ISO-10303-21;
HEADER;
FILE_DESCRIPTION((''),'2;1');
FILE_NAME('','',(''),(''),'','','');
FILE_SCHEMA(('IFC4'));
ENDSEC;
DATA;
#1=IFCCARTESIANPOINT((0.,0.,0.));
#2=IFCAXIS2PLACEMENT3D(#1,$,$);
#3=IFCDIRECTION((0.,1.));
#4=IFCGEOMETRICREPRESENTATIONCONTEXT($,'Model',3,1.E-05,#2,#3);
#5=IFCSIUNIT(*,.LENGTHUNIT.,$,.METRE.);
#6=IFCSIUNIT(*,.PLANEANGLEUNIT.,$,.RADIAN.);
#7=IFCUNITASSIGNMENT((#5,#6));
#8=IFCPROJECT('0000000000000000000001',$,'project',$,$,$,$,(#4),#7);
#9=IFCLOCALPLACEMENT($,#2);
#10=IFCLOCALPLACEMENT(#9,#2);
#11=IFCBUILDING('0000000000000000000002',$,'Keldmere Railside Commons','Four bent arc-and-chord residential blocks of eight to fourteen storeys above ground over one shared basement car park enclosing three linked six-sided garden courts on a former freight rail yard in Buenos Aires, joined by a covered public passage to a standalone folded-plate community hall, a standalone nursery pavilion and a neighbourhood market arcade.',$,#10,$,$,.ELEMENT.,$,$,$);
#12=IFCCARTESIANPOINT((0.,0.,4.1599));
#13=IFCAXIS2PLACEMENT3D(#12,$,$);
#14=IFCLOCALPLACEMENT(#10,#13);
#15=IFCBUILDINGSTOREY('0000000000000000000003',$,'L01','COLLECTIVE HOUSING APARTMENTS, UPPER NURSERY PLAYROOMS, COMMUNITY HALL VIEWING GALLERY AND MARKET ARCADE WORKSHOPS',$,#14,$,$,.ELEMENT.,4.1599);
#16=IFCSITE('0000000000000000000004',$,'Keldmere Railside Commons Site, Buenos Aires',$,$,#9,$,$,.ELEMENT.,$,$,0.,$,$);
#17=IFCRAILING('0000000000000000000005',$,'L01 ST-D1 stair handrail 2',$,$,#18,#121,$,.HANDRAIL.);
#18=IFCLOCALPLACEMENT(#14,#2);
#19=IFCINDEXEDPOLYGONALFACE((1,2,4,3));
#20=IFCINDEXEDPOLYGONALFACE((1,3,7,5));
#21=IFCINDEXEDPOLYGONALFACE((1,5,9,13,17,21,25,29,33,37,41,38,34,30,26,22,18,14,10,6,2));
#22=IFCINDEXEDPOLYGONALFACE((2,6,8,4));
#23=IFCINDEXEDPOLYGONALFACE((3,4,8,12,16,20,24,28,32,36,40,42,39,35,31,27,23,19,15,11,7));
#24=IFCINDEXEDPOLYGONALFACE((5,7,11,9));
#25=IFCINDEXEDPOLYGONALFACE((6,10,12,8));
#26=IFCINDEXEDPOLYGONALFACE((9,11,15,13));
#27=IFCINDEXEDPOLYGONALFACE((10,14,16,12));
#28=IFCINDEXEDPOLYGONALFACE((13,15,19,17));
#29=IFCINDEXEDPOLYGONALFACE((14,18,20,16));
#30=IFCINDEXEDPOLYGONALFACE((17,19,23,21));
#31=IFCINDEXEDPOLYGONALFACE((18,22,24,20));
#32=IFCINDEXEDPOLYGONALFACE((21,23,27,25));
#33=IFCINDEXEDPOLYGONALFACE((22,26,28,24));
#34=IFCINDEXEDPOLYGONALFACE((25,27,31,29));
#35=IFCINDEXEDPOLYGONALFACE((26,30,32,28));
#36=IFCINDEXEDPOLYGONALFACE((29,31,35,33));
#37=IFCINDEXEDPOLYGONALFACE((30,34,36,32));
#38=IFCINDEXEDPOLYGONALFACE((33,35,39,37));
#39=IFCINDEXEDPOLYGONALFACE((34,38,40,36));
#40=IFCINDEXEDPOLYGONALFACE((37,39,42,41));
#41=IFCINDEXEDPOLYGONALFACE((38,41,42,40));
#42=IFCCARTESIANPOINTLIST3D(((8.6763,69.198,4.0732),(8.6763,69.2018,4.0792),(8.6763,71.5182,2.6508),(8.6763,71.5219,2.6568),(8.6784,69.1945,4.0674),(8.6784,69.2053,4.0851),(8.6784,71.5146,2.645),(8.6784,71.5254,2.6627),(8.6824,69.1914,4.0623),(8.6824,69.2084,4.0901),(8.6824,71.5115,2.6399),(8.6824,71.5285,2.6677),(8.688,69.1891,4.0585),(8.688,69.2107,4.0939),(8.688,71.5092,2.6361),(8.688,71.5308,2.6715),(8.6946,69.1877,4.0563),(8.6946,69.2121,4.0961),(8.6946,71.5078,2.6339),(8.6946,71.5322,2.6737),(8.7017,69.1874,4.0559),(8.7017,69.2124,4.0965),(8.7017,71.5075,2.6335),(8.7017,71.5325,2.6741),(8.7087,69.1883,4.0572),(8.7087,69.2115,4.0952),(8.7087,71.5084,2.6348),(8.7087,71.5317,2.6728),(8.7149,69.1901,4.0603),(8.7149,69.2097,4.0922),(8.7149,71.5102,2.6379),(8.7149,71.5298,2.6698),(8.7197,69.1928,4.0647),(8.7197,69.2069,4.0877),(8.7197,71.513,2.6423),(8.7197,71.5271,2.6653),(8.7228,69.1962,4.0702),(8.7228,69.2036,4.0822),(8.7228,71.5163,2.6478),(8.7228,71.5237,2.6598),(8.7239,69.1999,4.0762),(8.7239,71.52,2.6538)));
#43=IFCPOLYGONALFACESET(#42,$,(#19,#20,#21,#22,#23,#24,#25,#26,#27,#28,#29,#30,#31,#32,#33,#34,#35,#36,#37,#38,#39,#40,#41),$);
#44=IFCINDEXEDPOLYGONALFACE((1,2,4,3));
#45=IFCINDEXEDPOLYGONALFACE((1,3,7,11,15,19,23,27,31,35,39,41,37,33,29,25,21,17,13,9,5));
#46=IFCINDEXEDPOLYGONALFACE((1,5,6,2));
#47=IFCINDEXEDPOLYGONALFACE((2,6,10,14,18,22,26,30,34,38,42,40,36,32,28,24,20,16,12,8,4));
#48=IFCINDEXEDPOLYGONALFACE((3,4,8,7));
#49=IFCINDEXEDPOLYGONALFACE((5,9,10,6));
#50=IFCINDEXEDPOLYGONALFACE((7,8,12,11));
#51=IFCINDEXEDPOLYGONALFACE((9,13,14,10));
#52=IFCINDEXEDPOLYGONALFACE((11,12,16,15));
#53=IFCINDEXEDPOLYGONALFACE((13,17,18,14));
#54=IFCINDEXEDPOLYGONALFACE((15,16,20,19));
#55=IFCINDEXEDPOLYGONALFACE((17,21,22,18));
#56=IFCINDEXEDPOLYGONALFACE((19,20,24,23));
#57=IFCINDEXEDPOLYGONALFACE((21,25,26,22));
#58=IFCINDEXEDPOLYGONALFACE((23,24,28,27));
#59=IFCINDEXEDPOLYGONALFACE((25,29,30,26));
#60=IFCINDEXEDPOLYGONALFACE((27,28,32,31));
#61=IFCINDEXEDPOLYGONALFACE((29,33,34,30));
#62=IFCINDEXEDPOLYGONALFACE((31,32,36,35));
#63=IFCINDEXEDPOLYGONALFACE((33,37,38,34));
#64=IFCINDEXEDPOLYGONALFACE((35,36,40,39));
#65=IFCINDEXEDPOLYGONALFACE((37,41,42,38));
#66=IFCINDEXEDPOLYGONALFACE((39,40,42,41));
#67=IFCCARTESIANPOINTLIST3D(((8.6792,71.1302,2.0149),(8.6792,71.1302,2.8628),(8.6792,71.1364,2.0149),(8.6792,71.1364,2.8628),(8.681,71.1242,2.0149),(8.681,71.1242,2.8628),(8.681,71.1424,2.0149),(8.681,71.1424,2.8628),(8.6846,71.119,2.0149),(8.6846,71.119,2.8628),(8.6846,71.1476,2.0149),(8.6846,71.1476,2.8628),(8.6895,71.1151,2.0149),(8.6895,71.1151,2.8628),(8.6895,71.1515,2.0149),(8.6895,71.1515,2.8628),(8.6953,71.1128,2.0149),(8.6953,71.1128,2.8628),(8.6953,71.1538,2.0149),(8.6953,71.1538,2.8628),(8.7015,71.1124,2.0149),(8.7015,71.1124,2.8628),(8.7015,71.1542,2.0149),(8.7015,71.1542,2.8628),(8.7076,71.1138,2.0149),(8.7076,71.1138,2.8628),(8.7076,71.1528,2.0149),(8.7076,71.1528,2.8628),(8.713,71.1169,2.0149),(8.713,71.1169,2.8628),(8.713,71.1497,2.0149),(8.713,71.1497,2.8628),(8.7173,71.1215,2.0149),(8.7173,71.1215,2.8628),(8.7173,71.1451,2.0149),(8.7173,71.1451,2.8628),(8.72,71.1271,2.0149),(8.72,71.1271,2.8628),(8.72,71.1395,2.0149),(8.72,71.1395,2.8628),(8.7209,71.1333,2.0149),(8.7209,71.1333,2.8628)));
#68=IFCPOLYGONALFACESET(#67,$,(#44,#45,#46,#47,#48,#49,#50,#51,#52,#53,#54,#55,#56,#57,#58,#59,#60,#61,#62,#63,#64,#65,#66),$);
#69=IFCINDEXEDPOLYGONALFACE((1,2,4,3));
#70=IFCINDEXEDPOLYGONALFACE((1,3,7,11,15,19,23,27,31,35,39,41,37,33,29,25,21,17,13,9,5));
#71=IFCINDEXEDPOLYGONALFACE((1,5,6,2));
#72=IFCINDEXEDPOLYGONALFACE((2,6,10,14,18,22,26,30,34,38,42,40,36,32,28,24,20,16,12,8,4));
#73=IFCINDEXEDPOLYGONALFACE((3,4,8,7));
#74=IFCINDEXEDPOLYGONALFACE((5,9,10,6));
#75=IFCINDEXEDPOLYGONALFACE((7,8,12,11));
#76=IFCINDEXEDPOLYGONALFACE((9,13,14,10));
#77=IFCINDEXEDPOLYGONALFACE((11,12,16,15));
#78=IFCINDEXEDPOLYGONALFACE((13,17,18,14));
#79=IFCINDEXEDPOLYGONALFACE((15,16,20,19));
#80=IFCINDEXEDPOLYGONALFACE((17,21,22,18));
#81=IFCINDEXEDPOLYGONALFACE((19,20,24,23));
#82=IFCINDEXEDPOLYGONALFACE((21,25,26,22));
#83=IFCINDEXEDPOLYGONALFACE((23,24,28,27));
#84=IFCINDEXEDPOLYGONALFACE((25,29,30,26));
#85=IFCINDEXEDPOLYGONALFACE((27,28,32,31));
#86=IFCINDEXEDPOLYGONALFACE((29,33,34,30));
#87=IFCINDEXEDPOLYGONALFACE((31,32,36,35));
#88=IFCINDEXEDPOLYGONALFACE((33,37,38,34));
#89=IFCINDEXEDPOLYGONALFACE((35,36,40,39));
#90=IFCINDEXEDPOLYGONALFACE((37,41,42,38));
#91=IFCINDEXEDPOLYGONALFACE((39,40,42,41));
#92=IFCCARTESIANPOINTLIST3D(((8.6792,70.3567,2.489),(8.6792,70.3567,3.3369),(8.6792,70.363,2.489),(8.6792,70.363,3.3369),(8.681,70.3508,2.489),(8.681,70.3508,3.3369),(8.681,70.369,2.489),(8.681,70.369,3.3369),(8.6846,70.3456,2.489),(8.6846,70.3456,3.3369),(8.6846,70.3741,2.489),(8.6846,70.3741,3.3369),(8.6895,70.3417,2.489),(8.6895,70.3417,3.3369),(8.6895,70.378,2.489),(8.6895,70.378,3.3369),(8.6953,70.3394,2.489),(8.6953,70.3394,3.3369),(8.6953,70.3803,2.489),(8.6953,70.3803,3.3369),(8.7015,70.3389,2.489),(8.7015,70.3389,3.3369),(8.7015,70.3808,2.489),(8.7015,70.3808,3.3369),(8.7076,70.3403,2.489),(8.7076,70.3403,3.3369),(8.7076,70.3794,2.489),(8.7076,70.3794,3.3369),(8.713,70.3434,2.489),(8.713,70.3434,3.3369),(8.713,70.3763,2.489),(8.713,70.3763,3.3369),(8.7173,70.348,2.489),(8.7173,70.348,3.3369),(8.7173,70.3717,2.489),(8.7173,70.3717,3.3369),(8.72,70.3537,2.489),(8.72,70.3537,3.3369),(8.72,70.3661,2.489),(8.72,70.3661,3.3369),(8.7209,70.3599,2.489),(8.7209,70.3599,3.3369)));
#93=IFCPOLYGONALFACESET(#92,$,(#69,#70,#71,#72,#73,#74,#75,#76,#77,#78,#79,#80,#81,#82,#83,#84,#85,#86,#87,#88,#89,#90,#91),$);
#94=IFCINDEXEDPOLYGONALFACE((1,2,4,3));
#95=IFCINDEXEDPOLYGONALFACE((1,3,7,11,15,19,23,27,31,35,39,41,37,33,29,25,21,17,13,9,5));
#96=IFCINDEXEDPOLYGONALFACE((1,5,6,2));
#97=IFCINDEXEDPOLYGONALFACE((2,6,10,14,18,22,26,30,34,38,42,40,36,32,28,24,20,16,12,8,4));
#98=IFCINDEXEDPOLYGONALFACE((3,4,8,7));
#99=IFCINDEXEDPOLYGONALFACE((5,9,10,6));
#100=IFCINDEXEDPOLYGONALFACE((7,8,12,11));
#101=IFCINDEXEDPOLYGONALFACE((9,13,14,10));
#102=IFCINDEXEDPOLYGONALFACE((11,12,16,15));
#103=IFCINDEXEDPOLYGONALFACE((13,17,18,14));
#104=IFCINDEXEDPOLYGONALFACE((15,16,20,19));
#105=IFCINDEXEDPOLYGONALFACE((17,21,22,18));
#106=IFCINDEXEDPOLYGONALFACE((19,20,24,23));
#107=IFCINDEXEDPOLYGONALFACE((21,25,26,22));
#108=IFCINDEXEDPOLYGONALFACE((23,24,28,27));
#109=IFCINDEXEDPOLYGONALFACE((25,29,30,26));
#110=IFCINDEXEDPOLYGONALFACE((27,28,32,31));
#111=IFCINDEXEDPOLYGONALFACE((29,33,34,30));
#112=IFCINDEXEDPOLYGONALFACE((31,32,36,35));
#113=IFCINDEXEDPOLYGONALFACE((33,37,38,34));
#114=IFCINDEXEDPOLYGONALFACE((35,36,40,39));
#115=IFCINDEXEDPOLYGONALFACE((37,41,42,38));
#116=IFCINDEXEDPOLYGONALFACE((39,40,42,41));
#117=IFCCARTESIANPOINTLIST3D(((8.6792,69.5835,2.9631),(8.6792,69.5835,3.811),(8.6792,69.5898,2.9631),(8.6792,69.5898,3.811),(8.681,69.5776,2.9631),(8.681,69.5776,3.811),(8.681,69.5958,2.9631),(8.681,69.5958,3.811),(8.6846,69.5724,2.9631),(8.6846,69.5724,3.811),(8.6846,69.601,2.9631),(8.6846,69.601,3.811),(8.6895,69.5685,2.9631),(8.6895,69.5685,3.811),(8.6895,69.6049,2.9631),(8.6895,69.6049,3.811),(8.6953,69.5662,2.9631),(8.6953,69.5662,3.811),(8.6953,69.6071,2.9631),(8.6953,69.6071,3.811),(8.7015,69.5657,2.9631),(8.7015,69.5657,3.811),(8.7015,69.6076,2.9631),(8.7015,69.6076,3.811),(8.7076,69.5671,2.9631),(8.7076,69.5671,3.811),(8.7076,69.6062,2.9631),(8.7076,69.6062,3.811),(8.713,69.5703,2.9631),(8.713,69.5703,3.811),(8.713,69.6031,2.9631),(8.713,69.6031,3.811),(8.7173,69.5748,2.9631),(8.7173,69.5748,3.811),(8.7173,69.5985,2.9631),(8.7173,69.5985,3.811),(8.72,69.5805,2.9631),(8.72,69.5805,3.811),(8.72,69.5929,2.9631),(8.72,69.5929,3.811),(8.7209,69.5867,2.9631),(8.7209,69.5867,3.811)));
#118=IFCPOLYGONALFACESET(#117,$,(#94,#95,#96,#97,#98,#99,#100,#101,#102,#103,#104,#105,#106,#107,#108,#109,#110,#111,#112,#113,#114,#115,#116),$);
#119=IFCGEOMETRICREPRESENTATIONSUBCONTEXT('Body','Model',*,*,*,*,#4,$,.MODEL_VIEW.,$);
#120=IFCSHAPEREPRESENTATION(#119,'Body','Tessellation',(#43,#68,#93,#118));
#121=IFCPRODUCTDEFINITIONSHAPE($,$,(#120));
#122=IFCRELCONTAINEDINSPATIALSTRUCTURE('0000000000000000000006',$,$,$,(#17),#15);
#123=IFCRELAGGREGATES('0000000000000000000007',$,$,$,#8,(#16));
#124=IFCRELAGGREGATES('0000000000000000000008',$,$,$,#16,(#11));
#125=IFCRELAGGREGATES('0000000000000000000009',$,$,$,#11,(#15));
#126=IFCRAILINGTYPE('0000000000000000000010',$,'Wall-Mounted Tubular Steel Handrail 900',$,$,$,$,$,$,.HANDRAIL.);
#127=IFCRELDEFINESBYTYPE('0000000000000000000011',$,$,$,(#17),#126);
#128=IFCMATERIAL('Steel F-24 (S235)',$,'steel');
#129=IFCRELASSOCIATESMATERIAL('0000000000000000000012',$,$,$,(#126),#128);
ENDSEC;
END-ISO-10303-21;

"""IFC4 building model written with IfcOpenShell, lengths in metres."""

from ifc_helpers import new_model, si_unit, direction, frame, origin, origin_2d, place, context, subcontext, project, spatial, circle, extrude, material, type_object, element, save


model = new_model("IFC4")

# Units and contexts
model_context = context("Model", 3, precision=1e-05, world=origin(), true_north=direction((0.0, 1.0)))
body_context = subcontext(model_context, "Body", "Model", "MODEL_VIEW")
ifc_project = project(units=[si_unit("LENGTHUNIT", "METRE"), si_unit("PLANEANGLEUNIT", "RADIAN")], contexts=[model_context])

# Site, building, storey
site_placement = place(None, origin())
site = spatial("IfcSite", under=ifc_project, at=site_placement, Name="Keldmere Railside Commons Site, Buenos Aires", CompositionType="ELEMENT", RefElevation=0.0)
building_placement = place(site_placement, origin())
building = spatial("IfcBuilding", under=site, at=building_placement, Name="Keldmere Railside Commons", Description="Four bent arc-and-chord residential blocks of eight to fourteen storeys above ground over one shared basement car park enclosing three linked six-sided garden courts on a former freight rail yard in Buenos Aires, joined by a covered public passage to a standalone folded-plate community hall, a standalone nursery pavilion and a neighbourhood market arcade.", CompositionType="ELEMENT")
storey_placement = place(building_placement, frame((0.0, 0.0, 4.1599)))
storey = spatial("IfcBuildingStorey", under=building, at=storey_placement, Name="L01", Description="COLLECTIVE HOUSING APARTMENTS, UPPER NURSERY PLAYROOMS, COMMUNITY HALL VIEWING GALLERY AND MARKET ARCADE WORKSHOPS", CompositionType="ELEMENT", Elevation=4.1599)

# Shared definitions
ifc_material_1 = material(Name="Steel F-24 (S235)", Category="steel")

# Railing
railing_type_1 = type_object("IfcRailingType", Name="Wall-Mounted Tubular Steel Handrail 900", PredefinedType="HANDRAIL", material=ifc_material_1)
railing_1_placement = place(storey_placement, frame((8.7, 71.52, 1.7778)))
element("IfcRailing", 1, at=railing_1_placement, inside=storey, type_object=railing_type_1, Name="L01 ST-D1 stair handrail 2", PredefinedType="HANDRAIL", context=body_context, shape_type="SweptSolid", body=[
    extrude(circle(Radius=0.0239, at=origin_2d()), frame((0.0, 0.0, 0.876), z_axis=(0.0, -0.852538, 0.522665), x_axis=(1.0, 0.0, 0.0)), (0.0, 0.0, 1.0), 2.7214),
    extrude(circle(Radius=0.021, at=origin_2d()), frame((0.0, -0.3867, 0.2371)), (0.0, 0.0, 1.0), 0.8479),
    extrude(circle(Radius=0.021, at=origin_2d()), frame((0.0, -1.1602, 0.7112)), (0.0, 0.0, 1.0), 0.8479),
    extrude(circle(Radius=0.021, at=origin_2d()), frame((0.0, -1.9333, 1.1853)), (0.0, 0.0, 1.0), 0.8479),
])

save(model, "model.ifc")
